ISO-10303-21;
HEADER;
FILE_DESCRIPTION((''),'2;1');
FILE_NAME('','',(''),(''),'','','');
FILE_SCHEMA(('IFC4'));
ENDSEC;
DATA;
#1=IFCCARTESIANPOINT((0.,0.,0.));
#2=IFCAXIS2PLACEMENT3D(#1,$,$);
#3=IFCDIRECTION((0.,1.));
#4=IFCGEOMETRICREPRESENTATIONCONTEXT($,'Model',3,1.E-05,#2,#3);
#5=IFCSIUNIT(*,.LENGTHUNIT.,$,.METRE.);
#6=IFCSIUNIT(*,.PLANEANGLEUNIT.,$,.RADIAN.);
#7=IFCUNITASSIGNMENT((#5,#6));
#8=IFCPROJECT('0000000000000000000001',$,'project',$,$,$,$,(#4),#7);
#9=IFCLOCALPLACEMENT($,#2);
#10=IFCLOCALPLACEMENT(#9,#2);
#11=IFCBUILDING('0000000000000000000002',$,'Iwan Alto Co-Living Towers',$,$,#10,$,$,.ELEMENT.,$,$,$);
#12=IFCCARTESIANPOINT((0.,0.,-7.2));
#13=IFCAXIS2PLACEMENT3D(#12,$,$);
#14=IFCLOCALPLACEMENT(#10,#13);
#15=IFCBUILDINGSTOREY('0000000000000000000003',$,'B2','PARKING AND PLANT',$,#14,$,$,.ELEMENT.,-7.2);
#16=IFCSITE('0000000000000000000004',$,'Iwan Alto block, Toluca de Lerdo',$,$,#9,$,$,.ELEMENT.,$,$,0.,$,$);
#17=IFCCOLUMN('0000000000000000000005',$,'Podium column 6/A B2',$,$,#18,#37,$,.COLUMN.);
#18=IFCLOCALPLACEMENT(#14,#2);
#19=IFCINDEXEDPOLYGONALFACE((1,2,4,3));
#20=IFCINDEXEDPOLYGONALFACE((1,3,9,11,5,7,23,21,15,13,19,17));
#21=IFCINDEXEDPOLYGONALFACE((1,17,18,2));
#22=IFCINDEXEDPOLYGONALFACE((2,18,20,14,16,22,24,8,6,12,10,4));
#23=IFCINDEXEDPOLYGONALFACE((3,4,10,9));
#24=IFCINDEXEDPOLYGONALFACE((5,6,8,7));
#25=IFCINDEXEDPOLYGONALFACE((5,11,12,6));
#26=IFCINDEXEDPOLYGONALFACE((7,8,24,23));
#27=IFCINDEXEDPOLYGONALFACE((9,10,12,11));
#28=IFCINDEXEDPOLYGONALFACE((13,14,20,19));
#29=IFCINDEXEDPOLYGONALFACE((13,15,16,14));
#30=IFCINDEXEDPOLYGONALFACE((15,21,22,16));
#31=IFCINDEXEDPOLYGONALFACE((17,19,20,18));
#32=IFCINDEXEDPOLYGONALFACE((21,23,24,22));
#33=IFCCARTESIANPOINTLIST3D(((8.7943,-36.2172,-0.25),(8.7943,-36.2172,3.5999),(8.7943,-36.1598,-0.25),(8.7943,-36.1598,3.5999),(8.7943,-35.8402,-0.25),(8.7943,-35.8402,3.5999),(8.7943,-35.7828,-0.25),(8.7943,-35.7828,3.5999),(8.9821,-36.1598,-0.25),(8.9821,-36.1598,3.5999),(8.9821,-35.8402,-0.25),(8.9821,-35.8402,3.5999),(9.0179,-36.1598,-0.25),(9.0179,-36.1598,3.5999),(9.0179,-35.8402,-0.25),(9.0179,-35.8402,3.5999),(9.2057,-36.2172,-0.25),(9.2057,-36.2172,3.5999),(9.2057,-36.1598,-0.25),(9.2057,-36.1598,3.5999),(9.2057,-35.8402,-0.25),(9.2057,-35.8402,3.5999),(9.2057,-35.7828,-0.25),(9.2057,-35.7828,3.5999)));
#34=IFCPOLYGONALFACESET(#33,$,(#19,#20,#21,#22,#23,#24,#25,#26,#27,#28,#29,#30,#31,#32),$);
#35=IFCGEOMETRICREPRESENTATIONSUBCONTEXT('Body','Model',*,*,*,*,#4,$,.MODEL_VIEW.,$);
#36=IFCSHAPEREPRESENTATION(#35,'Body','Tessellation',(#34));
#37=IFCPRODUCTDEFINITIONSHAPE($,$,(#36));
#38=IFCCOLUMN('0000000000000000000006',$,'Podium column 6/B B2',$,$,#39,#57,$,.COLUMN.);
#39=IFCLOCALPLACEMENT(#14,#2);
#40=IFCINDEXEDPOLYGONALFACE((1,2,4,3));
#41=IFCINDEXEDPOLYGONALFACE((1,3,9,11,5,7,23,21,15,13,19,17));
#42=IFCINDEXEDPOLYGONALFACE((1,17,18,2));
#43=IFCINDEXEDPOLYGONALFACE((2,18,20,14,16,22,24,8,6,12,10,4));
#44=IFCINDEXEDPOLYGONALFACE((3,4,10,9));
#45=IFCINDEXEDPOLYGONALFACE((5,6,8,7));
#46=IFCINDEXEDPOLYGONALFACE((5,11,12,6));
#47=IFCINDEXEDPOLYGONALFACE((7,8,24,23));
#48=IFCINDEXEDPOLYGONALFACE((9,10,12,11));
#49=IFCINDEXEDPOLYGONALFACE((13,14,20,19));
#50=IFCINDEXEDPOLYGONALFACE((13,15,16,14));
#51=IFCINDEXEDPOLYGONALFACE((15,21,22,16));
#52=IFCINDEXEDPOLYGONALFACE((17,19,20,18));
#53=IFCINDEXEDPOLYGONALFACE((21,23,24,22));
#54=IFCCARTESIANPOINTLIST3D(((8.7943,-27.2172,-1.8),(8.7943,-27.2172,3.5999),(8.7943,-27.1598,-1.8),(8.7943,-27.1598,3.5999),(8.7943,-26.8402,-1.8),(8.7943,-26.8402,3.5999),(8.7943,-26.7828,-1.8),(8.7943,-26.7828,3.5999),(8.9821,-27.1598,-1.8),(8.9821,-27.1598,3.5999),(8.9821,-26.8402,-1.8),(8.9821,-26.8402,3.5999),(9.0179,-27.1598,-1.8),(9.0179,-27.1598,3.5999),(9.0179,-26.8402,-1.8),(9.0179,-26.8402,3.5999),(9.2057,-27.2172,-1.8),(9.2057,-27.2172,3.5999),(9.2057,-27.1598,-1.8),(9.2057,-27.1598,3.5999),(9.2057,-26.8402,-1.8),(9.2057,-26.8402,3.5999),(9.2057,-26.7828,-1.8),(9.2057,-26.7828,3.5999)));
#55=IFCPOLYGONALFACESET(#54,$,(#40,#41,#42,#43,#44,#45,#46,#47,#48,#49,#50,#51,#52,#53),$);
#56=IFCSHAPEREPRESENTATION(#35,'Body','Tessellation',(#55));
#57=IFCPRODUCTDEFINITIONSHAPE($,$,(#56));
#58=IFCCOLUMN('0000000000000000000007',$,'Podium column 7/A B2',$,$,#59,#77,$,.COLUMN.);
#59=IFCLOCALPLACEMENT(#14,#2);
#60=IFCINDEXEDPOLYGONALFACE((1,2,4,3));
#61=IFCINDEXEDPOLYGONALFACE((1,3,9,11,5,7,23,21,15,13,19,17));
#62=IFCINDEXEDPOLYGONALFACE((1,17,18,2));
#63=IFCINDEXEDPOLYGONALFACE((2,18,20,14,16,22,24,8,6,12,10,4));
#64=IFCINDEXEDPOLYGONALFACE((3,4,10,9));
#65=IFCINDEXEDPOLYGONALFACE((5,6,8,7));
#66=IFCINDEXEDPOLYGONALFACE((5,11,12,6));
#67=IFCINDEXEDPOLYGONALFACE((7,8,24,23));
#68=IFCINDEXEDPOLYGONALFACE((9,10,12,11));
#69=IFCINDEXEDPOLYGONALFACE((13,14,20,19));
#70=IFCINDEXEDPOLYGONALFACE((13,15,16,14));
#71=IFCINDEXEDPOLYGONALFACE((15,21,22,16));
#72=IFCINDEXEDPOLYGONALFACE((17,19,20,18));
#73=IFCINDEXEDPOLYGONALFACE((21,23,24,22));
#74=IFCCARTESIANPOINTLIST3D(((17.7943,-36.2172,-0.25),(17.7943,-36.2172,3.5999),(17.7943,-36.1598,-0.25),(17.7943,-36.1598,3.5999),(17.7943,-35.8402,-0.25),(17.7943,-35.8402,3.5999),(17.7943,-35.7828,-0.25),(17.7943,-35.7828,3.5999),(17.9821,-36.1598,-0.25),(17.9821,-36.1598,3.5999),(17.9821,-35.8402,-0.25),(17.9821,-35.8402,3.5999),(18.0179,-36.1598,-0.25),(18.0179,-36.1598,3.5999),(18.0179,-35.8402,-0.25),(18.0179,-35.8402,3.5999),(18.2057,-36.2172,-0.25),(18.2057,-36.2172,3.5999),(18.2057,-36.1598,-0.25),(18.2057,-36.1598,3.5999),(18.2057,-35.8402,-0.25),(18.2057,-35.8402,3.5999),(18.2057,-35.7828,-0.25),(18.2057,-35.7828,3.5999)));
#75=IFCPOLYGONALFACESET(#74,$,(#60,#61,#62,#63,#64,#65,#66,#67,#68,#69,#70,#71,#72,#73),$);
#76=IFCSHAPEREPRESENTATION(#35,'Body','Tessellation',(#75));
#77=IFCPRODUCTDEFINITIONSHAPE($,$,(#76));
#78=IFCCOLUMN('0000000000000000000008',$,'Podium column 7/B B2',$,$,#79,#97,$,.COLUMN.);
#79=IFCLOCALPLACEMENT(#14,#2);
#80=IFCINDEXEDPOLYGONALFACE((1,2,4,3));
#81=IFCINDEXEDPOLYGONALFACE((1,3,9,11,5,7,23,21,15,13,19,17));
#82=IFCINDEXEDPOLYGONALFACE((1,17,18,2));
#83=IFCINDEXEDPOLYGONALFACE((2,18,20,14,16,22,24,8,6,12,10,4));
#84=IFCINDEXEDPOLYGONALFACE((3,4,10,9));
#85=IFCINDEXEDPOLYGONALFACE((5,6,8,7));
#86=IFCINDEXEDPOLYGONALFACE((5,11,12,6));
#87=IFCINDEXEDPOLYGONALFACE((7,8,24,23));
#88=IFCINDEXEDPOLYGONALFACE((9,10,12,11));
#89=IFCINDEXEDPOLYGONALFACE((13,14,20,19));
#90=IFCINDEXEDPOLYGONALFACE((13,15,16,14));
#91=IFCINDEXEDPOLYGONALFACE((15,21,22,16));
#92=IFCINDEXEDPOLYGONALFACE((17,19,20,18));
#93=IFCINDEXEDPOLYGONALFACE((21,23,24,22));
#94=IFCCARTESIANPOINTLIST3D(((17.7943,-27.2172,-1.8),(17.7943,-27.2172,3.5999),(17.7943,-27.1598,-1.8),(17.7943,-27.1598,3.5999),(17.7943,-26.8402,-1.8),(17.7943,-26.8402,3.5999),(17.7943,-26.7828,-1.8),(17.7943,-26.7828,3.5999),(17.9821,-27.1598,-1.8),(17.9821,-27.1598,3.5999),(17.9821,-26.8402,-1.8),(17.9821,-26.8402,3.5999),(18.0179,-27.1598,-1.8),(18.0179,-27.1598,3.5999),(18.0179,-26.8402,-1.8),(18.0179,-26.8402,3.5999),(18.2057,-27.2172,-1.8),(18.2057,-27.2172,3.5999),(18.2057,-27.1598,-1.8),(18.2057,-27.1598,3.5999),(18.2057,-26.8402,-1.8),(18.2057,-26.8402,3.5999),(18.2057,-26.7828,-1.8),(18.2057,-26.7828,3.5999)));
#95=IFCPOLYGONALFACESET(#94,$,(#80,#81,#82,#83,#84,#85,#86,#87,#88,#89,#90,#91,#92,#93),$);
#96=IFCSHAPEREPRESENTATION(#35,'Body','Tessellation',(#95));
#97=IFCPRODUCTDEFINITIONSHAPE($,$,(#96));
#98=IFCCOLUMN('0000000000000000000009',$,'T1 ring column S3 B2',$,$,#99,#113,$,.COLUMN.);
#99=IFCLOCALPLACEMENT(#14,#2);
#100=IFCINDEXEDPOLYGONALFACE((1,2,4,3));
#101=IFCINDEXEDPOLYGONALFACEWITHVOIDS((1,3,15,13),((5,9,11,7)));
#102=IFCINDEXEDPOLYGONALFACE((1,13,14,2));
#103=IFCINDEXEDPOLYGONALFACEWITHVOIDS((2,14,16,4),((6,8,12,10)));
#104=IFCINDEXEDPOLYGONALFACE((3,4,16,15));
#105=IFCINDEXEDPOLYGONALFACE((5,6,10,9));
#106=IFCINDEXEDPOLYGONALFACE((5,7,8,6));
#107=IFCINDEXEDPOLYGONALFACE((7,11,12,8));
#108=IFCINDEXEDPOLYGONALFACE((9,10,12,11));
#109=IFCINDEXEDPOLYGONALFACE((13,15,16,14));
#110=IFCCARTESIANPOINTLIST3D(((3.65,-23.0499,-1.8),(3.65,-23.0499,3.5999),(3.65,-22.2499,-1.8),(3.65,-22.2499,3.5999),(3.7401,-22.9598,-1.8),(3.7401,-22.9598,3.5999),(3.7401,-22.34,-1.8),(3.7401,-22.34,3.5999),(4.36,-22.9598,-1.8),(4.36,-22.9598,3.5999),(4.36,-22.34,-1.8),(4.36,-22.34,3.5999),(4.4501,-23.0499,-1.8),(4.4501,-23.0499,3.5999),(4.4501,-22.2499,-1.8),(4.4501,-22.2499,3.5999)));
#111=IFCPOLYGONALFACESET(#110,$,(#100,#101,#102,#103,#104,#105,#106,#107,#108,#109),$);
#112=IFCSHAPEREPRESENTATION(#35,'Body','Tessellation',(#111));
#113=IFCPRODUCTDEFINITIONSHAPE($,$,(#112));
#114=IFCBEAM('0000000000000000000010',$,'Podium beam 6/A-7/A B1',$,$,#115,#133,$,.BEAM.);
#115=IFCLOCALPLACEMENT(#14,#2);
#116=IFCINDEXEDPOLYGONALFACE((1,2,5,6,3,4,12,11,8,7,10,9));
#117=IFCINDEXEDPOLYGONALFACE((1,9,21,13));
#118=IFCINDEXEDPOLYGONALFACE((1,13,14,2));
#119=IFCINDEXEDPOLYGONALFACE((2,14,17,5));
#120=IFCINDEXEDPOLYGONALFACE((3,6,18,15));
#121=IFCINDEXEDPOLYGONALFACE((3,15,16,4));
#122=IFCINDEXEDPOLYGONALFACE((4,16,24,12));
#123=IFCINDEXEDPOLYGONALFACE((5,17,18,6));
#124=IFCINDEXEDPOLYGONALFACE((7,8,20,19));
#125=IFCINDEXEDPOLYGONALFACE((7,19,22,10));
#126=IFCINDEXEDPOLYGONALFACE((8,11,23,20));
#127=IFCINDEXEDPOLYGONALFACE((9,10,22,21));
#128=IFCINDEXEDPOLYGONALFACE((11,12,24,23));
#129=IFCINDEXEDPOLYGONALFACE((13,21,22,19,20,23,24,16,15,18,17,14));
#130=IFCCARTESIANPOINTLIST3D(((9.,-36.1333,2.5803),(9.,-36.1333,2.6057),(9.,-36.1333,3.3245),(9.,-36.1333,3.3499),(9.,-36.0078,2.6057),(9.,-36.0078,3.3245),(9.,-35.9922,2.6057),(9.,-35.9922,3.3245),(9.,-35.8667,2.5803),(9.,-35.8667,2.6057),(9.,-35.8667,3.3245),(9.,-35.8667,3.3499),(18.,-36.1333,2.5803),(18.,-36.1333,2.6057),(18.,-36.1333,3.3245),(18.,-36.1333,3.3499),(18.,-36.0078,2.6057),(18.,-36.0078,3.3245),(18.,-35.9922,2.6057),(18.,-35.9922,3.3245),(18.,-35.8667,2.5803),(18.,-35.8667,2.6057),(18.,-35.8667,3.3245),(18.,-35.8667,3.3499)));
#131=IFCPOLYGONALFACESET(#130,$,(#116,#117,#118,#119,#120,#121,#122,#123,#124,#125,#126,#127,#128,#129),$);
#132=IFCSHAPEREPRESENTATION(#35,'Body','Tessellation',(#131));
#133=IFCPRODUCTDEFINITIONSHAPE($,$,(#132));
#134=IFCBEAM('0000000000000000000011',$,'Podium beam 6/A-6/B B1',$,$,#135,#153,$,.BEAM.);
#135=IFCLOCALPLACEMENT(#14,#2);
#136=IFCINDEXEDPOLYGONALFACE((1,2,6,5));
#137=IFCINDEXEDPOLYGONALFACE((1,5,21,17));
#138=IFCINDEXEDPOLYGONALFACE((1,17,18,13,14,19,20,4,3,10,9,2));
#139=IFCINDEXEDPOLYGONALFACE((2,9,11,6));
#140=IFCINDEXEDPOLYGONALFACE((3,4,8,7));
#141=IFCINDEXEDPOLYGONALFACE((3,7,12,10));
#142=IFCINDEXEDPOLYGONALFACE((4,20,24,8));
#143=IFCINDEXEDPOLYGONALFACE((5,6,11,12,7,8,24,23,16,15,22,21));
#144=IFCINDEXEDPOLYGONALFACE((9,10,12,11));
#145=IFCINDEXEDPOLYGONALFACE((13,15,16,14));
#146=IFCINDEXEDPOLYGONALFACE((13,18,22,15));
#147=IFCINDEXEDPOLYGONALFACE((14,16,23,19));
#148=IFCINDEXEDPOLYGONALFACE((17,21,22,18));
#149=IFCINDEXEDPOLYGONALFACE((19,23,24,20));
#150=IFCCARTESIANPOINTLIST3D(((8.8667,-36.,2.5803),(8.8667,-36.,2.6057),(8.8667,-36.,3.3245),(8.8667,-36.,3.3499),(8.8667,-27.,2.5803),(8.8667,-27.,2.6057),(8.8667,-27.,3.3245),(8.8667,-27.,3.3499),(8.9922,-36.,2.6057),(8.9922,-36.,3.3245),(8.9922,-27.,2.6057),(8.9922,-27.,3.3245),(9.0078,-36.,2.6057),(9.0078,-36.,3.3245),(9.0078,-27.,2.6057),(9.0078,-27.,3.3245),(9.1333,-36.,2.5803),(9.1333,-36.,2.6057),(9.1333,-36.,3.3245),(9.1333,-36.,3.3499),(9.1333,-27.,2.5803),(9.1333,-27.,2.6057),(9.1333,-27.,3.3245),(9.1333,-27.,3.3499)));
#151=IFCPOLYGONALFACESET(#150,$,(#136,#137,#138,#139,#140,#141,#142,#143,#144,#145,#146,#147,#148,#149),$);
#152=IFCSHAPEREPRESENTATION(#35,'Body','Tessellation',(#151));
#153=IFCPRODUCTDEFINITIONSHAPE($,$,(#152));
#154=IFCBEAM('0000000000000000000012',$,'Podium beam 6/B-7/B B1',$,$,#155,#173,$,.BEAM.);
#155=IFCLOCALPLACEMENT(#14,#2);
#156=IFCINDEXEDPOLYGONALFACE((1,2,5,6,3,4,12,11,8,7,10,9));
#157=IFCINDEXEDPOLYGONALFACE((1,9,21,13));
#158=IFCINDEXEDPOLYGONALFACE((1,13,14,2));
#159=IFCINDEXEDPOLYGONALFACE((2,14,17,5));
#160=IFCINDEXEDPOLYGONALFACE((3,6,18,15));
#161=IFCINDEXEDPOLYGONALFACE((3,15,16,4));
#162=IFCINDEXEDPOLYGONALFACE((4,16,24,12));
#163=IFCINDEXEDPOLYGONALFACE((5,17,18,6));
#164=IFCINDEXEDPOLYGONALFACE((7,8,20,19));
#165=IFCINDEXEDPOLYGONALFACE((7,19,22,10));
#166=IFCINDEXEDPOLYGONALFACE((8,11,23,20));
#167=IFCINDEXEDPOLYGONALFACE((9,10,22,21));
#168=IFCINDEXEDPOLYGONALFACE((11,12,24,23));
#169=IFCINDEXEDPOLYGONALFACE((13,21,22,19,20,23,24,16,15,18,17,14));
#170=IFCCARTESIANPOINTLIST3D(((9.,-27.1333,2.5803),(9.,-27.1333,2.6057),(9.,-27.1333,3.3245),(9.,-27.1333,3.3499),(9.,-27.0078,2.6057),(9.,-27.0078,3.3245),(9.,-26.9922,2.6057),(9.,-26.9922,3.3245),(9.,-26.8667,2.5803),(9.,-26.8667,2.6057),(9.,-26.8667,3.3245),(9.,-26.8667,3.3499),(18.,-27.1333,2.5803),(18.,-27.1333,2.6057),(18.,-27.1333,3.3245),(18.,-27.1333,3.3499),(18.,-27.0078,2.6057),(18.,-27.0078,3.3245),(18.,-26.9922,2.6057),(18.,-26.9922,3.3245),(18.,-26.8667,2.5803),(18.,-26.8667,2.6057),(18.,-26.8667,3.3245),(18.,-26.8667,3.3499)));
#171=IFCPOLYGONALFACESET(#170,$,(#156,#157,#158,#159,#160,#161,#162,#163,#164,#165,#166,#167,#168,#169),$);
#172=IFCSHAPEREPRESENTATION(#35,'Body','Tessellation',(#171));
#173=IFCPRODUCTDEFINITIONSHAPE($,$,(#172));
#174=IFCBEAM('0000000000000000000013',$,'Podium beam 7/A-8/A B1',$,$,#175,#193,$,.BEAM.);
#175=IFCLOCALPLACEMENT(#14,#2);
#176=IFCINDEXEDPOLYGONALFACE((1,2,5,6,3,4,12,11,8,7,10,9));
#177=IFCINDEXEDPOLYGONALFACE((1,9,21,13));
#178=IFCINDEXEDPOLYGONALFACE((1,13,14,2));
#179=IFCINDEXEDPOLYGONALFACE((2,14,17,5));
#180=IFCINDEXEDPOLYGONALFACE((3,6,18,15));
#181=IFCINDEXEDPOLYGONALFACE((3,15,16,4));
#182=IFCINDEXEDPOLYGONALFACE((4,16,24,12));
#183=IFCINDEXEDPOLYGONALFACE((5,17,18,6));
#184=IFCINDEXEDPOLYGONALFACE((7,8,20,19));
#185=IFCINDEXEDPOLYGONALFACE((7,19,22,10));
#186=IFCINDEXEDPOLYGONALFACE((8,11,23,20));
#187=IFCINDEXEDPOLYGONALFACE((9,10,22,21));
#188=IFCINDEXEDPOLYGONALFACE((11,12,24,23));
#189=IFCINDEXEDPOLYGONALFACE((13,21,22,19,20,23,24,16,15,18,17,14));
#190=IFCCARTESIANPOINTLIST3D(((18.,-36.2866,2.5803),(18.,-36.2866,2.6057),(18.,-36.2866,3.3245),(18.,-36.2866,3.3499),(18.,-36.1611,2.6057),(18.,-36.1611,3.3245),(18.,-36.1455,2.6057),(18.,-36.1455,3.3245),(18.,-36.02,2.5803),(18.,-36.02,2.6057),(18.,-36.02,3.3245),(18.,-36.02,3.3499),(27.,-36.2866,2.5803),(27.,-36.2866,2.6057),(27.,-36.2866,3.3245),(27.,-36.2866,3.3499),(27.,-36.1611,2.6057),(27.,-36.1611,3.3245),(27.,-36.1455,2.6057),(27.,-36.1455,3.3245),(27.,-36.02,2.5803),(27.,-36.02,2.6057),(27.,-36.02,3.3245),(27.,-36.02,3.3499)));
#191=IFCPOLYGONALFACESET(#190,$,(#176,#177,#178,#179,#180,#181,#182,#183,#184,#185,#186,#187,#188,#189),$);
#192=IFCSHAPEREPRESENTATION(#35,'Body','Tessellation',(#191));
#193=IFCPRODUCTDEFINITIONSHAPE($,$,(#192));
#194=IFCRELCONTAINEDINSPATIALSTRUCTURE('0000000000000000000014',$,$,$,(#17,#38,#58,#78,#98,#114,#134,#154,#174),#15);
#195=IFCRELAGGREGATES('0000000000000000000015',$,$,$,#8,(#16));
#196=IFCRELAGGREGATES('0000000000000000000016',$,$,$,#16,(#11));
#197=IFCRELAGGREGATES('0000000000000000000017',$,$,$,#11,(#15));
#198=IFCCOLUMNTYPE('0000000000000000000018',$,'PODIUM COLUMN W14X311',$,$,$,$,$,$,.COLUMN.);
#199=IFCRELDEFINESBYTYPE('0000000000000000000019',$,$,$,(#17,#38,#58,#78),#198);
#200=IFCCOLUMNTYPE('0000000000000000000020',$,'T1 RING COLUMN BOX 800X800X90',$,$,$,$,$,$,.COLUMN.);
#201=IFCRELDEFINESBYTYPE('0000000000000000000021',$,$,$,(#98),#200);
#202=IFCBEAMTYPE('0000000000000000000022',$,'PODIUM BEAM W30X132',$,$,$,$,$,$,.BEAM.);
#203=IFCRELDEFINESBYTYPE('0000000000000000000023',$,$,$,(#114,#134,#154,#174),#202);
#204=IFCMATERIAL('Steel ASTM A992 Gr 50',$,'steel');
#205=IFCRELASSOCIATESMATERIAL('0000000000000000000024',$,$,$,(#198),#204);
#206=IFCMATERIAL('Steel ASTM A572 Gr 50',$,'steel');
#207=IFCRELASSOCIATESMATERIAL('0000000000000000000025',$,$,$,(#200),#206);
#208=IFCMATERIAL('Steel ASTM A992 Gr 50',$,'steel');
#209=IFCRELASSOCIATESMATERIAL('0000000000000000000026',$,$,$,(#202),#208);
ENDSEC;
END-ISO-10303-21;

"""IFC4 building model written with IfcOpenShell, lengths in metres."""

from ifc_helpers import new_model, si_unit, direction, frame, origin, origin_2d, place, context, subcontext, project, spatial, hollow_rectangle, i_section, extrude, material, material_profile, profile_set, type_object, element, save


model = new_model("IFC4")

# Units and contexts
model_context = context("Model", 3, precision=1e-05, world=origin(), true_north=direction((0.0, 1.0)))
body_context = subcontext(model_context, "Body", "Model", "MODEL_VIEW")
ifc_project = project(units=[si_unit("LENGTHUNIT", "METRE"), si_unit("PLANEANGLEUNIT", "RADIAN")], contexts=[model_context])

# Site, building, storey
site_placement = place(None, origin())
site = spatial("IfcSite", under=ifc_project, at=site_placement, Name="Iwan Alto block, Toluca de Lerdo", CompositionType="ELEMENT", RefElevation=0.0)
building_placement = place(site_placement, origin())
building = spatial("IfcBuilding", under=site, at=building_placement, Name="Iwan Alto Co-Living Towers", CompositionType="ELEMENT")
storey_placement = place(building_placement, frame((0.0, 0.0, -7.2)))
storey = spatial("IfcBuildingStorey", under=building, at=storey_placement, Name="B2", Description="PARKING AND PLANT", CompositionType="ELEMENT", Elevation=-7.2)

# Columns
ifc_material_1 = material(Name="Steel ASTM A992 Gr 50", Category="steel")
ifc_material_profile_1 = material_profile(ifc_material_1, i_section(OverallWidth=0.4114, OverallDepth=0.4343, WebThickness=0.0359, FlangeThickness=0.0574, at=origin_2d()), Name="W14X311")
ifc_profile_set_1 = profile_set([ifc_material_profile_1], Name="Steel ASTM A992 Gr 50")
column_type_1 = type_object("IfcColumnType", Name="PODIUM COLUMN W14X311", PredefinedType="COLUMN", material=ifc_profile_set_1)
column_1_placement = place(storey_placement, frame((9.0, -36.0, -0.25), z_axis=(0.0, 0.0, 1.0), x_axis=(1.0, 0.0, 0.0)))
element("IfcColumn", 1, at=column_1_placement, inside=storey, type_object=column_type_1, Name="Podium column 6/A B2", PredefinedType="COLUMN", context=body_context, shape_type="SweptSolid", body=[
    extrude(i_section(OverallWidth=0.4114, OverallDepth=0.4343, WebThickness=0.0359, FlangeThickness=0.0574, at=origin_2d()), origin(), (0.0, 0.0, 1.0), 3.8499),
])
column_2_placement = place(storey_placement, frame((9.0, -27.0, -1.8), z_axis=(0.0, 0.0, 1.0), x_axis=(1.0, 0.0, 0.0)))
element("IfcColumn", 2, at=column_2_placement, inside=storey, type_object=column_type_1, Name="Podium column 6/B B2", PredefinedType="COLUMN", context=body_context, shape_type="SweptSolid", body=[
    extrude(i_section(OverallWidth=0.4114, OverallDepth=0.4343, WebThickness=0.0359, FlangeThickness=0.0574, at=origin_2d()), origin(), (0.0, 0.0, 1.0), 5.3999),
])
column_3_placement = place(storey_placement, frame((18.0, -36.0, -0.25), z_axis=(0.0, 0.0, 1.0), x_axis=(1.0, 0.0, 0.0)))
element("IfcColumn", 3, at=column_3_placement, inside=storey, type_object=column_type_1, Name="Podium column 7/A B2", PredefinedType="COLUMN", context=body_context, shape_type="SweptSolid", body=[
    extrude(i_section(OverallWidth=0.4114, OverallDepth=0.4343, WebThickness=0.0359, FlangeThickness=0.0574, at=origin_2d()), origin(), (0.0, 0.0, 1.0), 3.8499),
])
column_4_placement = place(storey_placement, frame((18.0, -27.0, -1.8), z_axis=(0.0, 0.0, 1.0), x_axis=(1.0, 0.0, 0.0)))
element("IfcColumn", 4, at=column_4_placement, inside=storey, type_object=column_type_1, Name="Podium column 7/B B2", PredefinedType="COLUMN", context=body_context, shape_type="SweptSolid", body=[
    extrude(i_section(OverallWidth=0.4114, OverallDepth=0.4343, WebThickness=0.0359, FlangeThickness=0.0574, at=origin_2d()), origin(), (0.0, 0.0, 1.0), 5.3999),
])
ifc_material_2 = material(Name="Steel ASTM A572 Gr 50", Category="steel")
ifc_material_profile_2 = material_profile(ifc_material_2, hollow_rectangle(XDim=0.8, YDim=0.8, WallThickness=0.0901, at=origin_2d()), Name="BOX 800X800X90")
ifc_profile_set_2 = profile_set([ifc_material_profile_2], Name="Steel ASTM A572 Gr 50")
column_type_2 = type_object("IfcColumnType", Name="T1 RING COLUMN BOX 800X800X90", PredefinedType="COLUMN", material=ifc_profile_set_2)
column_5_placement = place(storey_placement, frame((4.05, -22.6499, -1.8), z_axis=(0.0, 0.0, 1.0), x_axis=(1.0, 0.0, 0.0)))
element("IfcColumn", 5, at=column_5_placement, inside=storey, type_object=column_type_2, Name="T1 ring column S3 B2", PredefinedType="COLUMN", context=body_context, shape_type="SweptSolid", body=[
    extrude(hollow_rectangle(XDim=0.8, YDim=0.8, WallThickness=0.0901, at=origin_2d()), origin(), (0.0, 0.0, 1.0), 5.3999),
])

# Beams
ifc_material_3 = material(Name="Steel ASTM A992 Gr 50", Category="steel")
ifc_material_profile_3 = material_profile(ifc_material_3, i_section(OverallWidth=0.2666, OverallDepth=0.7695, WebThickness=0.0156, FlangeThickness=0.0254, at=origin_2d()), Name="W30X132")
ifc_profile_set_3 = profile_set([ifc_material_profile_3], Name="Steel ASTM A992 Gr 50")
beam_type_1 = type_object("IfcBeamType", Name="PODIUM BEAM W30X132", PredefinedType="BEAM", material=ifc_profile_set_3)
for number, where, z_axis, x_axis, name in (
    (6, (9.0, -36.0, 2.9651), (1.0, 0.0, 0.0), (0.0, 1.0, 0.0), "Podium beam 6/A-7/A B1"),
    (7, (9.0, -36.0, 2.9651), (0.0, 1.0, 0.0), (-1.0, 0.0, 0.0), "Podium beam 6/A-6/B B1"),
    (8, (9.0, -27.0, 2.9651), (1.0, 0.0, 0.0), (0.0, 1.0, 0.0), "Podium beam 6/B-7/B B1"),
    (9, (18.0, -36.1533, 2.9651), (1.0, 0.0, 0.0), (0.0, 1.0, 0.0), "Podium beam 7/A-8/A B1"),
):
    element("IfcBeam", number, at=place(storey_placement, frame(where, z_axis=z_axis, x_axis=x_axis)), inside=storey, type_object=beam_type_1, Name=name, PredefinedType="BEAM", context=body_context, shape_type="SweptSolid", body=[
        extrude(i_section(OverallWidth=0.2666, OverallDepth=0.7695, WebThickness=0.0156, FlangeThickness=0.0254, at=origin_2d()), origin(), (0.0, 0.0, 1.0), 9.0),
    ])

save(model, "model.ifc")
